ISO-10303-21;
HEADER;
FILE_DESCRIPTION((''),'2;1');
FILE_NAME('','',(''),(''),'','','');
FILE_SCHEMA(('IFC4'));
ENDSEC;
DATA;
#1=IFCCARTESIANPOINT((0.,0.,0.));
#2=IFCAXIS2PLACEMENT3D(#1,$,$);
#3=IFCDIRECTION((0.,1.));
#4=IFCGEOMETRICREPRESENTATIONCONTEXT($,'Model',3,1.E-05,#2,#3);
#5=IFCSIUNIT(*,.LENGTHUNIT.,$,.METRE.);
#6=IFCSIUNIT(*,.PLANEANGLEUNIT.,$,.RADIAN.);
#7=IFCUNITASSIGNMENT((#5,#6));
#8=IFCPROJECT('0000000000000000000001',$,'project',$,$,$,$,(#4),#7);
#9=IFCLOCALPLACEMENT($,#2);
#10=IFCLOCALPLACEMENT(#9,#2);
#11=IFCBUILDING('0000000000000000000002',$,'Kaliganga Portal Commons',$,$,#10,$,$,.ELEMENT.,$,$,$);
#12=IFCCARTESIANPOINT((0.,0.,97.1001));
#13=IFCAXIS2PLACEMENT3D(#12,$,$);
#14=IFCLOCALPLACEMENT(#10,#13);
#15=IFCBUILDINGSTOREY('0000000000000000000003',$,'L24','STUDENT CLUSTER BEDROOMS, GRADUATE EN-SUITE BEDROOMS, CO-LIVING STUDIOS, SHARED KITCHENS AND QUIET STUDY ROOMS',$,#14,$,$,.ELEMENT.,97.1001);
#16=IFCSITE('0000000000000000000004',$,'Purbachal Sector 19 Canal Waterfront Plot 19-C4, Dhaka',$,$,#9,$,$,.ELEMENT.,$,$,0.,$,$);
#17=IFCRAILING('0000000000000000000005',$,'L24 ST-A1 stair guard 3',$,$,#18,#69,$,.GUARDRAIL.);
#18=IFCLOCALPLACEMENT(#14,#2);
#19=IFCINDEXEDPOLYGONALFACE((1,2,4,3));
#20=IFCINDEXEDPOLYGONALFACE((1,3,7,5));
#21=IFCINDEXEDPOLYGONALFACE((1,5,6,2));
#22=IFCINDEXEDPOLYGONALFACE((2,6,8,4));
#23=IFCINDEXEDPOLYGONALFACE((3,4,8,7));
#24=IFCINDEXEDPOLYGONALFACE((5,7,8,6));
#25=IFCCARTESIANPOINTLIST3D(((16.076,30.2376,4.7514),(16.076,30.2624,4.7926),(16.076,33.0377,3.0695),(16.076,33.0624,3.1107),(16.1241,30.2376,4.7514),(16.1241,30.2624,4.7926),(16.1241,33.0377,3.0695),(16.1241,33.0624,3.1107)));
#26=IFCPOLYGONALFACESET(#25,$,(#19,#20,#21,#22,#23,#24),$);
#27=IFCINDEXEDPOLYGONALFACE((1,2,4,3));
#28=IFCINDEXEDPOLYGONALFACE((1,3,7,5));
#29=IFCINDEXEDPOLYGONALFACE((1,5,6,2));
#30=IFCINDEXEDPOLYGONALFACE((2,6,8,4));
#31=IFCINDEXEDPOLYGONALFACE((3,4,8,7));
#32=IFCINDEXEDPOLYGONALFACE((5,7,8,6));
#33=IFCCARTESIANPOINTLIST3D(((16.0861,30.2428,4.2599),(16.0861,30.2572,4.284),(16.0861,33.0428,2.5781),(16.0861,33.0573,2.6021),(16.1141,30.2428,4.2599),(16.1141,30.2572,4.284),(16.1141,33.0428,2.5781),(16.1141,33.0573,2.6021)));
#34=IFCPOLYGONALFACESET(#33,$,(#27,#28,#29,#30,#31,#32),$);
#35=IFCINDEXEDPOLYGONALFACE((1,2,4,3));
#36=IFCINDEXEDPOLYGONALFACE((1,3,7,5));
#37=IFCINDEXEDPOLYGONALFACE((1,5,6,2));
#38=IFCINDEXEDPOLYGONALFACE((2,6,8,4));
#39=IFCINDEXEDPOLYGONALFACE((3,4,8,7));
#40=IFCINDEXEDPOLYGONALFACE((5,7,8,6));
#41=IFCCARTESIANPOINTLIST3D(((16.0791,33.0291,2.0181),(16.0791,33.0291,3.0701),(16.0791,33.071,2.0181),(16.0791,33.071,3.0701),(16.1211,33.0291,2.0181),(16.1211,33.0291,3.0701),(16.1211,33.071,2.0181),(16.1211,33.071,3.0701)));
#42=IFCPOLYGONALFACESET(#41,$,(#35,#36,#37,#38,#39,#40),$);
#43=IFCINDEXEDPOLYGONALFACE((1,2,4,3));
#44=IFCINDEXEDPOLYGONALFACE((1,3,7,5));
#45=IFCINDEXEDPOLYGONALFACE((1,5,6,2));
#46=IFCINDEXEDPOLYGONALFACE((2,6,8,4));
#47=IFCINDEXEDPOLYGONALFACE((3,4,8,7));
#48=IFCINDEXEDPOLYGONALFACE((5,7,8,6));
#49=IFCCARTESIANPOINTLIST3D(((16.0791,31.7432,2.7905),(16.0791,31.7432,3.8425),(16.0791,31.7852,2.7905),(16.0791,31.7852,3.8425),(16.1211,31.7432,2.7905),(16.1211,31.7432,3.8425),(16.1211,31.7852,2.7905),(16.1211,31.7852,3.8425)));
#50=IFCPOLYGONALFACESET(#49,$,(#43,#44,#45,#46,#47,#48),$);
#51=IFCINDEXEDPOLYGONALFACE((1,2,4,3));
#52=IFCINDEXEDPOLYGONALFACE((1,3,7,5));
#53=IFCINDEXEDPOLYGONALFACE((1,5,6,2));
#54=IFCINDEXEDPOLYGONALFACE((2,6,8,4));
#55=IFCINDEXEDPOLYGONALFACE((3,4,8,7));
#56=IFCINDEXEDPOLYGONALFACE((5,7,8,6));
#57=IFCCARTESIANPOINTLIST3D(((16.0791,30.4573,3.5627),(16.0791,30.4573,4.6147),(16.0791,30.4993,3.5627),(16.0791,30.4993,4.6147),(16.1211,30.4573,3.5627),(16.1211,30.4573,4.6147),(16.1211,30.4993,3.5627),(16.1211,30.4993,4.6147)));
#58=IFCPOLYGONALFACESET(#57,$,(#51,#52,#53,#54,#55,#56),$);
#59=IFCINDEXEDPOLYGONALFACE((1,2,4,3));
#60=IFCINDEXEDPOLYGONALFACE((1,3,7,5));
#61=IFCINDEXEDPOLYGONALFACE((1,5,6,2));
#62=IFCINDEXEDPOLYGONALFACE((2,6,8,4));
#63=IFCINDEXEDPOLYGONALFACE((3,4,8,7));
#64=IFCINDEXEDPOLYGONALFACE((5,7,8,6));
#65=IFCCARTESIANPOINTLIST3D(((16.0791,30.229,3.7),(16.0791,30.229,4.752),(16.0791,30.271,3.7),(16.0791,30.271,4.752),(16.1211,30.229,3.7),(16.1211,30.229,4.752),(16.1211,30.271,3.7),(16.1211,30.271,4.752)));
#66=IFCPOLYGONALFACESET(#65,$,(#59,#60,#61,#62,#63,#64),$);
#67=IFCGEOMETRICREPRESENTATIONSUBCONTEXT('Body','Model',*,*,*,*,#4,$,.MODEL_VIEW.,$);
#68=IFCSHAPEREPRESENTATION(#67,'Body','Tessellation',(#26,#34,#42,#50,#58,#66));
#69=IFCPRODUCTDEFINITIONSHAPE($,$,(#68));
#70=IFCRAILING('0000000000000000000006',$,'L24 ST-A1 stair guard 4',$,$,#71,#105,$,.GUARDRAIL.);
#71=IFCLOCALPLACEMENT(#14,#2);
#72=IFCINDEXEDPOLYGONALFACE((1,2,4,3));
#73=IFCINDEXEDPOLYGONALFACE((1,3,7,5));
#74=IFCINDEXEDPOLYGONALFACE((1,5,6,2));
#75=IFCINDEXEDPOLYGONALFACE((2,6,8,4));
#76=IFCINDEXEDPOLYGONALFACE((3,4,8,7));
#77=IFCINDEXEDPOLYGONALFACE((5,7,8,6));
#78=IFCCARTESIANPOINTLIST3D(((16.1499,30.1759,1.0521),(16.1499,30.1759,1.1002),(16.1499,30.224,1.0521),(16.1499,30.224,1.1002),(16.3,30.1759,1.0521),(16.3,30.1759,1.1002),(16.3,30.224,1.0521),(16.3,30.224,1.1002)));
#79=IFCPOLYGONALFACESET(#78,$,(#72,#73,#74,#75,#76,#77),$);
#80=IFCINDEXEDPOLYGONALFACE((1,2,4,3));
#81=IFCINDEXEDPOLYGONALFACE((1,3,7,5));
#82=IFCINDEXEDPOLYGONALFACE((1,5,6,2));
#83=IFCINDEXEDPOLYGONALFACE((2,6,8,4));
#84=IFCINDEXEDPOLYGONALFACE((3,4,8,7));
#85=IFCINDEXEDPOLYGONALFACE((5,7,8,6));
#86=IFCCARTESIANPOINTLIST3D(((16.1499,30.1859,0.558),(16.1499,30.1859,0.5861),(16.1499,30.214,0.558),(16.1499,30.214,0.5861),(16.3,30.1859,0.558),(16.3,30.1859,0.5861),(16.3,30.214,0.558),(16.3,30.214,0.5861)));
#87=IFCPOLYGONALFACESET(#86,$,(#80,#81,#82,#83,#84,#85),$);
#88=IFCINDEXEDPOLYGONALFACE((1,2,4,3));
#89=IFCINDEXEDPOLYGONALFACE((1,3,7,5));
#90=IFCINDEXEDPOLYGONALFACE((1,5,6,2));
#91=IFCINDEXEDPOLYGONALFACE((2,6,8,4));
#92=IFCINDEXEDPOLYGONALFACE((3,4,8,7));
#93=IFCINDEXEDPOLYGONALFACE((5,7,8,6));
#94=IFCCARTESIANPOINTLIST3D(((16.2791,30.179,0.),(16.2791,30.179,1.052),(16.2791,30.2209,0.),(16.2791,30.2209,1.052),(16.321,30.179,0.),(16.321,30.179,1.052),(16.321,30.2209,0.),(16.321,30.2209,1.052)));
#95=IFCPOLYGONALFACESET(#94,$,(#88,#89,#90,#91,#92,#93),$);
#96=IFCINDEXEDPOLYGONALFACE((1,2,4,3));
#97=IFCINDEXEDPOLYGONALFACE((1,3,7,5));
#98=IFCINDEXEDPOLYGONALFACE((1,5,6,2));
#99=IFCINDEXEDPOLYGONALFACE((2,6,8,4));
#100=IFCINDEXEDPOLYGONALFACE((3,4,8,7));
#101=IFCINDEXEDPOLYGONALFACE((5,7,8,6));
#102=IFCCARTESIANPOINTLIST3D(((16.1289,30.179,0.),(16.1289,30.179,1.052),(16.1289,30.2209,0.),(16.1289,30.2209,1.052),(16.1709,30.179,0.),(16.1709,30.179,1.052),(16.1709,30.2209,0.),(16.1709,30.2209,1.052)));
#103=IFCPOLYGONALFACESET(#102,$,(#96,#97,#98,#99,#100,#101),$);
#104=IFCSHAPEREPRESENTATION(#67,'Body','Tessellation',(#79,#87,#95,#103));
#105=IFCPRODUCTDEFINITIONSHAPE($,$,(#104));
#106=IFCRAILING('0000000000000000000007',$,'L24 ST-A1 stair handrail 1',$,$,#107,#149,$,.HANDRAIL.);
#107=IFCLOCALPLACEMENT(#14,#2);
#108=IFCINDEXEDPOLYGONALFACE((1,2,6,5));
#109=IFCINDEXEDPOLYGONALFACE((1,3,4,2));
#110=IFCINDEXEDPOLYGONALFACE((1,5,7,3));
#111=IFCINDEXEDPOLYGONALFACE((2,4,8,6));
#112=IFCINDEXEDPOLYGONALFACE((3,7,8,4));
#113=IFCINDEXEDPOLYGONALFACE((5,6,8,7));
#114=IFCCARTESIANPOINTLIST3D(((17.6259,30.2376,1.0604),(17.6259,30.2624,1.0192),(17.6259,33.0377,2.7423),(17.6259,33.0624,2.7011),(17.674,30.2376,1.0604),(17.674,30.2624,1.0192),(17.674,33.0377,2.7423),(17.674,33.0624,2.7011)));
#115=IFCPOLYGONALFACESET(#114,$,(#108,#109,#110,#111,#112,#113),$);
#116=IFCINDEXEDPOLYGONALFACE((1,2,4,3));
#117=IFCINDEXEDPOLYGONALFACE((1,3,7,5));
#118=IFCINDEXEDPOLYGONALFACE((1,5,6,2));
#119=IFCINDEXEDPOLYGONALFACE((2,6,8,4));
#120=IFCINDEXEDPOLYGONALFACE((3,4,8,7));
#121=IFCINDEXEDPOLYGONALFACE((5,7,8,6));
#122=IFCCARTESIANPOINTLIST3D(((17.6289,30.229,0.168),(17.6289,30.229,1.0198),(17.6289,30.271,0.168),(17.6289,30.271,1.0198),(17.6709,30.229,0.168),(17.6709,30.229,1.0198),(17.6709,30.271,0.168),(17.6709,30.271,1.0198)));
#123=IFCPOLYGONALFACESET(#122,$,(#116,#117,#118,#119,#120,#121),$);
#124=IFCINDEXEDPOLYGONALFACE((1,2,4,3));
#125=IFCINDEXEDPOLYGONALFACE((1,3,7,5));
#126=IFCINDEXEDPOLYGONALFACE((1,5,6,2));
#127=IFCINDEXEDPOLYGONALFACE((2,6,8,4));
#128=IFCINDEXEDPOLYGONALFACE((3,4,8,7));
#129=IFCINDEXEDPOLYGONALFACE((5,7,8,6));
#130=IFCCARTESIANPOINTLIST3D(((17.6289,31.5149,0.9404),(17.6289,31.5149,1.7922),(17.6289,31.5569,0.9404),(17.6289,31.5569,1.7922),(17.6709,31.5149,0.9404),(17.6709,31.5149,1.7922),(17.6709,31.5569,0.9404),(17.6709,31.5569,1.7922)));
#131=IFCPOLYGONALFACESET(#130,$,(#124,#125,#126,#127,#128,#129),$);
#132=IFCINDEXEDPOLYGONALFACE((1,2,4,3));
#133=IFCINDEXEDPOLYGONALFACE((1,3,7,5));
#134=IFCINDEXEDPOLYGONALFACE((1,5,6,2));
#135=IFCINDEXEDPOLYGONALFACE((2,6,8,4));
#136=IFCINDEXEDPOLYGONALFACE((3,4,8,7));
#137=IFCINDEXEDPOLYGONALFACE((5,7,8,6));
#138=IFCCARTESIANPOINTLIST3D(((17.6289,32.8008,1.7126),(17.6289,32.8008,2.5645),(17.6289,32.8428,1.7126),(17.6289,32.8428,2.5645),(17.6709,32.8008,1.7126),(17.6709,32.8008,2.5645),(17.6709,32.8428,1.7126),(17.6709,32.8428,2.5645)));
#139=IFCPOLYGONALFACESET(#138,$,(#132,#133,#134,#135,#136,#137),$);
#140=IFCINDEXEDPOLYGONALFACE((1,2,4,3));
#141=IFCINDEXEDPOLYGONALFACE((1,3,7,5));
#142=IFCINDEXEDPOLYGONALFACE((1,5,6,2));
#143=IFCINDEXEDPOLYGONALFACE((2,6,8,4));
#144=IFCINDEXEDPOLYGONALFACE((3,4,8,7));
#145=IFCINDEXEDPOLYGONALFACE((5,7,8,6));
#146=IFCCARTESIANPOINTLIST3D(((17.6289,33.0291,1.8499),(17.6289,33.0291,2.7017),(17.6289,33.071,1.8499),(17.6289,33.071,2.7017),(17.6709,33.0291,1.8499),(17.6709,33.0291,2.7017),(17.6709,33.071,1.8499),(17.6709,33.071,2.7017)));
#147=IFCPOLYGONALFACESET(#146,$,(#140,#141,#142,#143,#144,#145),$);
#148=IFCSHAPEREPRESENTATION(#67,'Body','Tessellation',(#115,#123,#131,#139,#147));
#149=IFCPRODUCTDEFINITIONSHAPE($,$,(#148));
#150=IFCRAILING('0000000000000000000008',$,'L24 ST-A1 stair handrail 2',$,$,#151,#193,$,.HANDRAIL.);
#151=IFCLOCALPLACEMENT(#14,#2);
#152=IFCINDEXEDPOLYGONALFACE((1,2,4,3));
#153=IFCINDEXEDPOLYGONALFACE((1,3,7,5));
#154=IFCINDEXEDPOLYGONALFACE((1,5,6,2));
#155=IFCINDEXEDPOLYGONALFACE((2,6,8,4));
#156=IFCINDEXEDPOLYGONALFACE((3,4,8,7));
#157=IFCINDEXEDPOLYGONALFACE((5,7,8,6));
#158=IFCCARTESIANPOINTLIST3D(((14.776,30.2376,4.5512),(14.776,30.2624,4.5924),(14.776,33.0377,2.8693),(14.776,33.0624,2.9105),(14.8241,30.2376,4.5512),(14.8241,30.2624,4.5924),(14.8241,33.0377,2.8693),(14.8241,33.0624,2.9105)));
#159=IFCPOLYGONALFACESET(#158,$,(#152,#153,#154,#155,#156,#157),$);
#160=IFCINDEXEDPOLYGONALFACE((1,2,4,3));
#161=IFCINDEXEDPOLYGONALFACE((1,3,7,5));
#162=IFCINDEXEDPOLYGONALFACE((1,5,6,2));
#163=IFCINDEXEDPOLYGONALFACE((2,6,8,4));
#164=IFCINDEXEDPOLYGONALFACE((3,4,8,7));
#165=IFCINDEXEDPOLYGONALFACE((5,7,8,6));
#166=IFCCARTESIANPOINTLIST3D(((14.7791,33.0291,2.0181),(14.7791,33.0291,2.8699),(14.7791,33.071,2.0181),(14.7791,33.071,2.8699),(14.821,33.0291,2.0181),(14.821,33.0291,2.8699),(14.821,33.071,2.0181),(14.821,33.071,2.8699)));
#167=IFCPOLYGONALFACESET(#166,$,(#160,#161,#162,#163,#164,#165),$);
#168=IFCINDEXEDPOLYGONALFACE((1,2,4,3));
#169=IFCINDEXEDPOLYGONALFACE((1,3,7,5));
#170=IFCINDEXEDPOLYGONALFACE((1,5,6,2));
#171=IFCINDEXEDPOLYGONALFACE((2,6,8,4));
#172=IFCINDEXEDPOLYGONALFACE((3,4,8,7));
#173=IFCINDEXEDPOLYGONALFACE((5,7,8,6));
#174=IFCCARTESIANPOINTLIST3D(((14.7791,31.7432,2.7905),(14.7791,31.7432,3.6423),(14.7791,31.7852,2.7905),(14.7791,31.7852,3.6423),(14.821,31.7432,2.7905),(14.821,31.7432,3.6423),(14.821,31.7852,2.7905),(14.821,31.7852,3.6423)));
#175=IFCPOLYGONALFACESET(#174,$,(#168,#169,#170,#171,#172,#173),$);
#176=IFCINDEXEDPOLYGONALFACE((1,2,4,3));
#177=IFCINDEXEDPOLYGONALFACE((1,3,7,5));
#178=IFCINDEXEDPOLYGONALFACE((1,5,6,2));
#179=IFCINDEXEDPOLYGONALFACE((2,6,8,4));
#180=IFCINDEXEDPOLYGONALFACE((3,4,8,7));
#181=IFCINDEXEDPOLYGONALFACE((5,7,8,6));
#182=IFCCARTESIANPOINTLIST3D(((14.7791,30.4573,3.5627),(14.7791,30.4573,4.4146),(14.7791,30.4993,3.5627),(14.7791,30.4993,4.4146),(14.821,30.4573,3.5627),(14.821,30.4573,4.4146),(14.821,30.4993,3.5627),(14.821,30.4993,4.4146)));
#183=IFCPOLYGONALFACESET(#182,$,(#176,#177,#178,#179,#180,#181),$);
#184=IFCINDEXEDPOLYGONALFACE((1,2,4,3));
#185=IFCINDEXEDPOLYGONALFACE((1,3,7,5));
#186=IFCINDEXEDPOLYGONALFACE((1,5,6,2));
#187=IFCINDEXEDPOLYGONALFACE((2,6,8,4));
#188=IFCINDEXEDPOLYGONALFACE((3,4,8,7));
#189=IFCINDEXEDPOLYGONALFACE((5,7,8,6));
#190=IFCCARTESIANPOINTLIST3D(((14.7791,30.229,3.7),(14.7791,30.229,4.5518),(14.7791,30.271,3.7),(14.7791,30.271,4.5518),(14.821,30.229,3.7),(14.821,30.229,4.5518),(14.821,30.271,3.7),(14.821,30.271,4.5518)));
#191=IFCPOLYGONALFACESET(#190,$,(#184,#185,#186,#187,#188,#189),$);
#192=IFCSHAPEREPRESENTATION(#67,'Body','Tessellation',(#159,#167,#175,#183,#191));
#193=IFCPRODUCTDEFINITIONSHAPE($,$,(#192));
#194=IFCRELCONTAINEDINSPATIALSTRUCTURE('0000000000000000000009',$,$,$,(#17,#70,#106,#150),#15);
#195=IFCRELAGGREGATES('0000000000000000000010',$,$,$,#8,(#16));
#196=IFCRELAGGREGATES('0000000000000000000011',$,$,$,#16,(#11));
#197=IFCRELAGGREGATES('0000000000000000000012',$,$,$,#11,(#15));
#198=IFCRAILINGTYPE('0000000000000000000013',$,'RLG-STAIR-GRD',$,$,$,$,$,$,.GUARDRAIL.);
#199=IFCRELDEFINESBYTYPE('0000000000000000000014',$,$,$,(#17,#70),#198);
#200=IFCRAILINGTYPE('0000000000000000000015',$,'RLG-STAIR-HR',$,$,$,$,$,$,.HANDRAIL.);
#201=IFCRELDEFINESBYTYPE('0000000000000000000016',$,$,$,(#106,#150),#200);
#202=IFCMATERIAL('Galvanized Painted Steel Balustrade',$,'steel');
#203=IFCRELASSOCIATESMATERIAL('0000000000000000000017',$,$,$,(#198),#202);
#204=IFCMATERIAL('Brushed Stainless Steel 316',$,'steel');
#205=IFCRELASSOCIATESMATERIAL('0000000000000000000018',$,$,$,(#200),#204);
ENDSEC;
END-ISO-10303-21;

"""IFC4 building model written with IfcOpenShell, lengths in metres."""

from ifc_helpers import new_model, si_unit, direction, frame, origin, origin_2d, place, context, subcontext, project, spatial, rectangle, extrude, material, type_object, element, save


model = new_model("IFC4")

# Units and contexts
model_context = context("Model", 3, precision=1e-05, world=origin(), true_north=direction((0.0, 1.0)))
body_context = subcontext(model_context, "Body", "Model", "MODEL_VIEW")
ifc_project = project(units=[si_unit("LENGTHUNIT", "METRE"), si_unit("PLANEANGLEUNIT", "RADIAN")], contexts=[model_context])

# Site, building, storey
site_placement = place(None, origin())
site = spatial("IfcSite", under=ifc_project, at=site_placement, Name="Purbachal Sector 19 Canal Waterfront Plot 19-C4, Dhaka", CompositionType="ELEMENT", RefElevation=0.0)
building_placement = place(site_placement, origin())
building = spatial("IfcBuilding", under=site, at=building_placement, Name="Kaliganga Portal Commons", CompositionType="ELEMENT")
storey_placement = place(building_placement, frame((0.0, 0.0, 97.1001)))
storey = spatial("IfcBuildingStorey", under=building, at=storey_placement, Name="L24", Description="STUDENT CLUSTER BEDROOMS, GRADUATE EN-SUITE BEDROOMS, CO-LIVING STUDIOS, SHARED KITCHENS AND QUIET STUDY ROOMS", CompositionType="ELEMENT", Elevation=97.1001)

# Railings
ifc_material_1 = material(Name="Galvanized Painted Steel Balustrade", Category="steel")
railing_type_1 = type_object("IfcRailingType", Name="RLG-STAIR-GRD", PredefinedType="GUARDRAIL", material=ifc_material_1)
railing_1_placement = place(storey_placement, frame((16.1001, 33.05, 2.0181)))
element("IfcRailing", 1, at=railing_1_placement, inside=storey, type_object=railing_type_1, Name="L24 ST-A1 stair guard 3", PredefinedType="GUARDRAIL", context=body_context, shape_type="SweptSolid", body=[
    extrude(rectangle(XDim=0.0481, YDim=0.0481, at=origin_2d()), frame((0.0, 0.0, 1.072), z_axis=(0.0, -0.857242, 0.514913), x_axis=(1.0, 0.0, 0.0)), (0.0, 0.0, 1.0), 3.2664),
    extrude(rectangle(XDim=0.0281, YDim=0.0281, at=origin_2d()), frame((0.0, 0.0, 0.572), z_axis=(0.0, -0.857242, 0.514913), x_axis=(1.0, 0.0, 0.0)), (0.0, 0.0, 1.0), 3.2664),
    extrude(rectangle(XDim=0.042, YDim=0.042, at=origin_2d()), origin(), (0.0, 0.0, 1.0), 1.052),
    extrude(rectangle(XDim=0.042, YDim=0.042, at=origin_2d()), frame((0.0, -1.2859, 0.7725)), (0.0, 0.0, 1.0), 1.052),
    extrude(rectangle(XDim=0.042, YDim=0.042, at=origin_2d()), frame((0.0, -2.5718, 1.5447)), (0.0, 0.0, 1.0), 1.052),
    extrude(rectangle(XDim=0.042, YDim=0.042, at=origin_2d()), frame((0.0, -2.8, 1.6819)), (0.0, 0.0, 1.0), 1.052),
])
railing_2_placement = place(storey_placement, frame((16.3, 30.2, 0.0)))
element("IfcRailing", 2, at=railing_2_placement, inside=storey, type_object=railing_type_1, Name="L24 ST-A1 stair guard 4", PredefinedType="GUARDRAIL", context=body_context, shape_type="SweptSolid", body=[
    extrude(rectangle(XDim=0.0481, YDim=0.0481, at=origin_2d()), frame((0.0, 0.0, 1.0762), z_axis=(-1.0, 0.0, 0.0), x_axis=(0.0, -1.0, 0.0)), (0.0, 0.0, 1.0), 0.1501),
    extrude(rectangle(XDim=0.0281, YDim=0.0281, at=origin_2d()), frame((0.0, 0.0, 0.572), z_axis=(-1.0, 0.0, 0.0), x_axis=(0.0, -1.0, 0.0)), (0.0, 0.0, 1.0), 0.1501),
    extrude(rectangle(XDim=0.042, YDim=0.042, at=origin_2d()), origin(), (0.0, 0.0, 1.0), 1.052),
    extrude(rectangle(XDim=0.042, YDim=0.042, at=origin_2d()), frame((-0.1501, 0.0, 0.0)), (0.0, 0.0, 1.0), 1.052),
])
ifc_material_2 = material(Name="Brushed Stainless Steel 316", Category="steel")
railing_type_2 = type_object("IfcRailingType", Name="RLG-STAIR-HR", PredefinedType="HANDRAIL", material=ifc_material_2)
railing_3_placement = place(storey_placement, frame((17.6499, 30.25, 0.168)))
element("IfcRailing", 3, at=railing_3_placement, inside=storey, type_object=railing_type_2, Name="L24 ST-A1 stair handrail 1", PredefinedType="HANDRAIL", context=body_context, shape_type="SweptSolid", body=[
    extrude(rectangle(XDim=0.0481, YDim=0.0481, at=origin_2d()), frame((0.0, 0.0, 0.8718), z_axis=(0.0, 0.857242, 0.514913), x_axis=(-1.0, 0.0, 0.0)), (0.0, 0.0, 1.0), 3.2664),
    extrude(rectangle(XDim=0.042, YDim=0.042, at=origin_2d()), origin(), (0.0, 0.0, 1.0), 0.8518),
    extrude(rectangle(XDim=0.042, YDim=0.042, at=origin_2d()), frame((0.0, 1.2859, 0.7725)), (0.0, 0.0, 1.0), 0.8518),
    extrude(rectangle(XDim=0.042, YDim=0.042, at=origin_2d()), frame((0.0, 2.5718, 1.5447)), (0.0, 0.0, 1.0), 0.8518),
    extrude(rectangle(XDim=0.042, YDim=0.042, at=origin_2d()), frame((0.0, 2.8, 1.6819)), (0.0, 0.0, 1.0), 0.8518),
])
railing_4_placement = place(storey_placement, frame((14.8, 33.05, 2.0181)))
element("IfcRailing", 4, at=railing_4_placement, inside=storey, type_object=railing_type_2, Name="L24 ST-A1 stair handrail 2", PredefinedType="HANDRAIL", context=body_context, shape_type="SweptSolid", body=[
    extrude(rectangle(XDim=0.0481, YDim=0.0481, at=origin_2d()), frame((0.0, 0.0, 0.8718), z_axis=(0.0, -0.857242, 0.514913), x_axis=(1.0, 0.0, 0.0)), (0.0, 0.0, 1.0), 3.2664),
    extrude(rectangle(XDim=0.042, YDim=0.042, at=origin_2d()), origin(), (0.0, 0.0, 1.0), 0.8518),
    extrude(rectangle(XDim=0.042, YDim=0.042, at=origin_2d()), frame((0.0, -1.2859, 0.7725)), (0.0, 0.0, 1.0), 0.8518),
    extrude(rectangle(XDim=0.042, YDim=0.042, at=origin_2d()), frame((0.0, -2.5718, 1.5447)), (0.0, 0.0, 1.0), 0.8518),
    extrude(rectangle(XDim=0.042, YDim=0.042, at=origin_2d()), frame((0.0, -2.8, 1.6819)), (0.0, 0.0, 1.0), 0.8518),
])

save(model, "model.ifc")
